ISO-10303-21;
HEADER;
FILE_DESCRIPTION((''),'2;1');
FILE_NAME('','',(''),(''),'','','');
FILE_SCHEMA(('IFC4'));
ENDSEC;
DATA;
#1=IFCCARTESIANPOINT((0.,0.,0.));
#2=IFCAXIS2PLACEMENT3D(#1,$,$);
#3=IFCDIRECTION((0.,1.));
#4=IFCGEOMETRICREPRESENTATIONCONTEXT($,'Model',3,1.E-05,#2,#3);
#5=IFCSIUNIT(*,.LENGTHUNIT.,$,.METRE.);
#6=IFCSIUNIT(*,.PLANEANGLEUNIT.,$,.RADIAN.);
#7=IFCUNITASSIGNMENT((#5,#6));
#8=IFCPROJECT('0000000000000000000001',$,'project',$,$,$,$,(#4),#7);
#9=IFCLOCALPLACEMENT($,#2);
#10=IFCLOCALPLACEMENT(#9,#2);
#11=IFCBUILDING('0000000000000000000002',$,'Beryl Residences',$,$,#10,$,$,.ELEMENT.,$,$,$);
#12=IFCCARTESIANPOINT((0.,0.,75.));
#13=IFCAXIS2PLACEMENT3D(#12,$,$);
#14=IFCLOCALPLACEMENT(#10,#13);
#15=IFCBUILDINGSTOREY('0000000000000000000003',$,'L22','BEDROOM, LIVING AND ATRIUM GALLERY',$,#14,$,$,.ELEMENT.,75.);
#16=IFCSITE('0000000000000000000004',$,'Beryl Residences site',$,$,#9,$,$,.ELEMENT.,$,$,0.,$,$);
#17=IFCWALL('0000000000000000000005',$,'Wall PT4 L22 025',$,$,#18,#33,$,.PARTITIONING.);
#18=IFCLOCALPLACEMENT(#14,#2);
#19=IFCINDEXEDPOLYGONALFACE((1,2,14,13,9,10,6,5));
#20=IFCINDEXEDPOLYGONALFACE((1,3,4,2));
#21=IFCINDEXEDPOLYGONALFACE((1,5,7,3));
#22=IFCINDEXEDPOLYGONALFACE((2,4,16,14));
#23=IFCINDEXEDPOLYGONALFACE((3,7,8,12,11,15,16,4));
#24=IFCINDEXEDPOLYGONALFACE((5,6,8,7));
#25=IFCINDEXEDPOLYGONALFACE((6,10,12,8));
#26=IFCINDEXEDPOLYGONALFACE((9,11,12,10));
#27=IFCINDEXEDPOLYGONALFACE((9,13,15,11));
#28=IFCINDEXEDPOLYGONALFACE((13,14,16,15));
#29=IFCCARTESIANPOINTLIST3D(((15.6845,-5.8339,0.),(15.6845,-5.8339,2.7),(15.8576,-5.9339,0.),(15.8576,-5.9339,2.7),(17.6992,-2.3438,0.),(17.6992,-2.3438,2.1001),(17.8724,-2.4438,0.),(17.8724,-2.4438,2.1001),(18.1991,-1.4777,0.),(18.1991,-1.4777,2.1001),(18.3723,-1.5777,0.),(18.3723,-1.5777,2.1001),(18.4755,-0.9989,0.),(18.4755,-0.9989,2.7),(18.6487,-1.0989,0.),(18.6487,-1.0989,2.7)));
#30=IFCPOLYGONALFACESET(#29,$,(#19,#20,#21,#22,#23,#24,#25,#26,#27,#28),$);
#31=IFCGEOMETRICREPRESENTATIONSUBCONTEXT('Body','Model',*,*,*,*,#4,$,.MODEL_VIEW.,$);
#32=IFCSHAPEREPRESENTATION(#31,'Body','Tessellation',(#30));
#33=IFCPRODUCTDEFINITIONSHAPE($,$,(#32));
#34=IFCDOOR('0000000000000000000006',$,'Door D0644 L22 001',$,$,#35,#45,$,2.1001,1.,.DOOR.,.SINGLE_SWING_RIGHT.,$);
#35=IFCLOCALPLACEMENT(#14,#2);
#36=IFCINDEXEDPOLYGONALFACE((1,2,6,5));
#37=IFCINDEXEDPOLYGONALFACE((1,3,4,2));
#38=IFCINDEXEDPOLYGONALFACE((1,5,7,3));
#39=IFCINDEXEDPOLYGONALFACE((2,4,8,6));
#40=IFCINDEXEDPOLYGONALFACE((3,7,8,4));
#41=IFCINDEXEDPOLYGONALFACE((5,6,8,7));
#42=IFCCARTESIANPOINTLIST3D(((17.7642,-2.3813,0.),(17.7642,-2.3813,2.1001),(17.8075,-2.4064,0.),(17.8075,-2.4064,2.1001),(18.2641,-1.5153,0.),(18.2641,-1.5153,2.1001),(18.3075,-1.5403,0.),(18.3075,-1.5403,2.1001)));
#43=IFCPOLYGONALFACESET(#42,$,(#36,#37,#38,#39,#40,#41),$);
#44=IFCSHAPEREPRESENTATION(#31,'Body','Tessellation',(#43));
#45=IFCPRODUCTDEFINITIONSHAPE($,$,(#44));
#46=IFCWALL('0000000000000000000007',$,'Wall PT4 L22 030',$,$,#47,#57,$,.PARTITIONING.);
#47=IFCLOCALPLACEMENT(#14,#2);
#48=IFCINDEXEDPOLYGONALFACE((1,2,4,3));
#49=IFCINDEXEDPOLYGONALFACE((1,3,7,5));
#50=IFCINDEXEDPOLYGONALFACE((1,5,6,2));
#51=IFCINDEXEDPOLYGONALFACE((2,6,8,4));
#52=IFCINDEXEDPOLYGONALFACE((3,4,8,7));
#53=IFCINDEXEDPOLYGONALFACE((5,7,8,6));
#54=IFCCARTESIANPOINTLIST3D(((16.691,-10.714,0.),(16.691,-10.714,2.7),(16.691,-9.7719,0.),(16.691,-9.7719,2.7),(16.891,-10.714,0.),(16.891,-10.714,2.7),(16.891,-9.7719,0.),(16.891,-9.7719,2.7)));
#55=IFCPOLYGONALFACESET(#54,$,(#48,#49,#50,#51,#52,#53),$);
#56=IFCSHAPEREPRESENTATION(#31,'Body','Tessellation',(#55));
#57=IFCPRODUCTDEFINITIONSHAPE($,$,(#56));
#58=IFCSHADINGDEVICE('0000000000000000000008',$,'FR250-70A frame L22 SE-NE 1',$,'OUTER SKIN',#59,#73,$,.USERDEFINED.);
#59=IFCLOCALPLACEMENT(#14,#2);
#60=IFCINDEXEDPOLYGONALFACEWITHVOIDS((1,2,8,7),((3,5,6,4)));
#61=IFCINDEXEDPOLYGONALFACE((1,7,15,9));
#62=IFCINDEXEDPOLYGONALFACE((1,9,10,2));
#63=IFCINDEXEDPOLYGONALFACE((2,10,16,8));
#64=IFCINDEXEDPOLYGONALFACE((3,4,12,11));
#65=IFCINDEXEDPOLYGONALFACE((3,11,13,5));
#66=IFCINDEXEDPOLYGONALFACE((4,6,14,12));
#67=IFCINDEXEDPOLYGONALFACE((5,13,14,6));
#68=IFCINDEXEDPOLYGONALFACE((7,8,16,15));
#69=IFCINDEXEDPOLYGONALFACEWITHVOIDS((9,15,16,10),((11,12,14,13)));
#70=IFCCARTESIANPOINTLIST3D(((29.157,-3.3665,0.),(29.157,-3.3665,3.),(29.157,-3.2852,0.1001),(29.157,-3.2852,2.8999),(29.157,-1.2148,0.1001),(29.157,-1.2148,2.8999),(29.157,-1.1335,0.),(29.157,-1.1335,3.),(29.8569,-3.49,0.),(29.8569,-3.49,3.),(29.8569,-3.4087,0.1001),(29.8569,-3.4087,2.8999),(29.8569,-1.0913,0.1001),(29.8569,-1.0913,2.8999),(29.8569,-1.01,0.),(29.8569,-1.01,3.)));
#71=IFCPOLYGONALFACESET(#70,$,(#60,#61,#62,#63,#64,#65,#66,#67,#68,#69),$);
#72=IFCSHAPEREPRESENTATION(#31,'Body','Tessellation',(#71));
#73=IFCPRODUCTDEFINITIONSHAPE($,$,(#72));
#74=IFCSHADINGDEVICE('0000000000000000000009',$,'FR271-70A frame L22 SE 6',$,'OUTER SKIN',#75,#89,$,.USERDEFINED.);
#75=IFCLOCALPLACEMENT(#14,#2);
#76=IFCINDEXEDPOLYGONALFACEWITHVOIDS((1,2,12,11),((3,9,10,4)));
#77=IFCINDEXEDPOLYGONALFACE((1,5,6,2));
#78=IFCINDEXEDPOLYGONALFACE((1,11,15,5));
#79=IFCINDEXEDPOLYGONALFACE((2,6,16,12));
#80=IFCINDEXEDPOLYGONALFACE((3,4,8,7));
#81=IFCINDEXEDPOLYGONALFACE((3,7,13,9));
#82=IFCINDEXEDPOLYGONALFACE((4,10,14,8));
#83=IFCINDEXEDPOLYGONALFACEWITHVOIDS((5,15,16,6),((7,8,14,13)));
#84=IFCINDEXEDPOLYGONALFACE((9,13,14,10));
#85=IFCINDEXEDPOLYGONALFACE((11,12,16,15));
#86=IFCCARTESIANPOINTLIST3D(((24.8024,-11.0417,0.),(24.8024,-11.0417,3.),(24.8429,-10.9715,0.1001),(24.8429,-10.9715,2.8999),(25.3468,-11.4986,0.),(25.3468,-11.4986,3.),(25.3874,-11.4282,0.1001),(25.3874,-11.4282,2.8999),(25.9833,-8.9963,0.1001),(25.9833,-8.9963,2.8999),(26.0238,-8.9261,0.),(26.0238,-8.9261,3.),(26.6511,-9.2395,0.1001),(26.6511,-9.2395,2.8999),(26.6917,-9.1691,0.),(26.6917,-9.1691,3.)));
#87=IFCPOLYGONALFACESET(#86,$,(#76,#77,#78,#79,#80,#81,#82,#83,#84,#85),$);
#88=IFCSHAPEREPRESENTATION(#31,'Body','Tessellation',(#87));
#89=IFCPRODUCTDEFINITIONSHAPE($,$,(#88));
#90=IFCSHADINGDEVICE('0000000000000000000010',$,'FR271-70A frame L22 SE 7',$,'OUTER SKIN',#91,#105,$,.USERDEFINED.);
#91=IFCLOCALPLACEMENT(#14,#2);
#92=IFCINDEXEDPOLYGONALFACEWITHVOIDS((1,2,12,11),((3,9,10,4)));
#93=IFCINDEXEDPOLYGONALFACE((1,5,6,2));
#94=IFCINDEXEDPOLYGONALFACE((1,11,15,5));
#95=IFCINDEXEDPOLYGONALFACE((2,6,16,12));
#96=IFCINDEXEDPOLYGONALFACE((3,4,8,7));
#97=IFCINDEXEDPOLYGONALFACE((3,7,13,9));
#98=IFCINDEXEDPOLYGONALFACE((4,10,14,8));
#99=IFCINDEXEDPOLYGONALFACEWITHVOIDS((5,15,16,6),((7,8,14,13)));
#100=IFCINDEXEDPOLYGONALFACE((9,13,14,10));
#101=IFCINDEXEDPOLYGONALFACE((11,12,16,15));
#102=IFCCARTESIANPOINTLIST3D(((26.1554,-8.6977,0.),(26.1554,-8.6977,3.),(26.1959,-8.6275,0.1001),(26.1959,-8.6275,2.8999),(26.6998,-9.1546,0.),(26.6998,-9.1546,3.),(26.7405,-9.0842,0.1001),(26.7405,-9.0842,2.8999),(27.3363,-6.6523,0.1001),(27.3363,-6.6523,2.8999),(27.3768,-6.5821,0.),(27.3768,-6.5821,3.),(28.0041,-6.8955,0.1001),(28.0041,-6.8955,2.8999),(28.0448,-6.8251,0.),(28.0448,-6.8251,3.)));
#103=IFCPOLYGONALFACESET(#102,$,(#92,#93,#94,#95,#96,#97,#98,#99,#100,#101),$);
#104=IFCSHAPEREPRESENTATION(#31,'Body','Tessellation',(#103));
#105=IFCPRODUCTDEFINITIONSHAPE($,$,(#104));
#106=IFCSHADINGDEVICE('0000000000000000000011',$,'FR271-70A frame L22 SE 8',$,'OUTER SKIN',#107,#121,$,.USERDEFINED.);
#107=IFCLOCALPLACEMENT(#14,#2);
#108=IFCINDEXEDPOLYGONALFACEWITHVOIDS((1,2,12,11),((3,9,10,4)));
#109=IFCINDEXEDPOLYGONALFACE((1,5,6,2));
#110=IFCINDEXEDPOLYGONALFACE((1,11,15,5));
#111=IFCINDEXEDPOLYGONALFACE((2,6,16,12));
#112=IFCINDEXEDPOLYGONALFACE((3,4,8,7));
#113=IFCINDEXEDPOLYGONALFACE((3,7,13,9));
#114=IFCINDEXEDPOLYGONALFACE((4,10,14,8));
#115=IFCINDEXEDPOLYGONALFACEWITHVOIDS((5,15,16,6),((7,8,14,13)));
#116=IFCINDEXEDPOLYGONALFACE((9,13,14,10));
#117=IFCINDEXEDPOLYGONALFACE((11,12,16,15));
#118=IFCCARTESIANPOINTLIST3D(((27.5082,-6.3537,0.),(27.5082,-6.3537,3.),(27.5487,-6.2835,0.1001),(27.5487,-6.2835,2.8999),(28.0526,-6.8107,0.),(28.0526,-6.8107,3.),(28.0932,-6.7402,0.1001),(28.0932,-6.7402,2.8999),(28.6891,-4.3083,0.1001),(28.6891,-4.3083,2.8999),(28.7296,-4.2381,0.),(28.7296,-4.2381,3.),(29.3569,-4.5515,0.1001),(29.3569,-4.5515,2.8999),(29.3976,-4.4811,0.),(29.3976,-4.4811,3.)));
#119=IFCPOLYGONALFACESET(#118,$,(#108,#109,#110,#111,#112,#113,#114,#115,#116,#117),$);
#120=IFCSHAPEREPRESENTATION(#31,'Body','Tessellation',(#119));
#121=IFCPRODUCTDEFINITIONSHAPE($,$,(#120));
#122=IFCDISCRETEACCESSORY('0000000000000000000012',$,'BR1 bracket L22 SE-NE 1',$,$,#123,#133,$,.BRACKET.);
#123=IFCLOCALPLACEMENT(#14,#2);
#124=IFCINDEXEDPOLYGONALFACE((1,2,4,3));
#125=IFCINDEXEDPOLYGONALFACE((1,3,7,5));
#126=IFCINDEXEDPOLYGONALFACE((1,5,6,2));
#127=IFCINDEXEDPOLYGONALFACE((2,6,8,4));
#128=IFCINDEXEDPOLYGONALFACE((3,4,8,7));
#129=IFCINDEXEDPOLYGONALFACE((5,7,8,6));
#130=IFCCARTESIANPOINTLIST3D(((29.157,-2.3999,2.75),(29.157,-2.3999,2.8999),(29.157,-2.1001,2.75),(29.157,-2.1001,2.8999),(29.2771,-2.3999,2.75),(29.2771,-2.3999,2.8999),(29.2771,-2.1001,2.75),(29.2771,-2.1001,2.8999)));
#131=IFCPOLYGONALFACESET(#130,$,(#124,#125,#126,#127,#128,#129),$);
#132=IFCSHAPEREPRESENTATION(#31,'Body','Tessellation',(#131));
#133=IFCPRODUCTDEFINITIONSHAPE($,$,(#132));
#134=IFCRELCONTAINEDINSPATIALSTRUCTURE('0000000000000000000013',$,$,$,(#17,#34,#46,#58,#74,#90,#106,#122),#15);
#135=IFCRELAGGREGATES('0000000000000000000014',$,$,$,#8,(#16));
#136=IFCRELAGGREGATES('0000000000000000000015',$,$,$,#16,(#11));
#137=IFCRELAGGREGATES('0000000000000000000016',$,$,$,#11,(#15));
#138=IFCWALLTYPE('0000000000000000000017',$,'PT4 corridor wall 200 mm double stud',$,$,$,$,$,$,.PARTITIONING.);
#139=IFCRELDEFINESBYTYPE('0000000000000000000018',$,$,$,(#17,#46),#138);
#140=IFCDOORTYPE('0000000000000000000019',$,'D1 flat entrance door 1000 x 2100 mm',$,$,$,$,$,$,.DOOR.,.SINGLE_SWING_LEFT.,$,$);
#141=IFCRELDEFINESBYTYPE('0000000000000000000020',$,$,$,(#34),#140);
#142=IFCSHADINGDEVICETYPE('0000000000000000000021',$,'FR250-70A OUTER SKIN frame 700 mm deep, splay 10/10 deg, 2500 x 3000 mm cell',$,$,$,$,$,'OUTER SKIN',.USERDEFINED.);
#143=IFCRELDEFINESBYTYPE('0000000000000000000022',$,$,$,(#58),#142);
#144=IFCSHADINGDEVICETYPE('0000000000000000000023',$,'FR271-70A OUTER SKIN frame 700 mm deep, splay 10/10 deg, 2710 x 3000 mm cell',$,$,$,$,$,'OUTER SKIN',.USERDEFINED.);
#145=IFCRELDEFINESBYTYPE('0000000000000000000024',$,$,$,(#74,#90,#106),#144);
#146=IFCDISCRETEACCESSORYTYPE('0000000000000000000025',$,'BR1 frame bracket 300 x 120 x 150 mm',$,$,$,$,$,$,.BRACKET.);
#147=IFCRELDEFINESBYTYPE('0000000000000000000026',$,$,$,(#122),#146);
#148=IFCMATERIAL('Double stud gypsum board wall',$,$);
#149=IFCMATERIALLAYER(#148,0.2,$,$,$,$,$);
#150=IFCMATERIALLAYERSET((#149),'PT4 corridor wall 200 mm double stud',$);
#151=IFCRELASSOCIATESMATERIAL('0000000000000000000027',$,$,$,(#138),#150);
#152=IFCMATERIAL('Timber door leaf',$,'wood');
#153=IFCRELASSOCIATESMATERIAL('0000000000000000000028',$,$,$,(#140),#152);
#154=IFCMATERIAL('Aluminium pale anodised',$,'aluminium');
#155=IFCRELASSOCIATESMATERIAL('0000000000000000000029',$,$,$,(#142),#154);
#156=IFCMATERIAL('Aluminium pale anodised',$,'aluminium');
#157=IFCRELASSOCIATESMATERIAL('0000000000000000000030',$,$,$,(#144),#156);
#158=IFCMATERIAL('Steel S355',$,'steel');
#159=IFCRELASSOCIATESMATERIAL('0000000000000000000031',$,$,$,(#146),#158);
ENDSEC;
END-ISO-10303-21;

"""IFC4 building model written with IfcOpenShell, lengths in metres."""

from ifc_helpers import new_model, entity, si_unit, direction, frame, frame_2d, origin, place, context, subcontext, project, spatial, polyline, rectangle, outline, extrude, source, transform, mapped, material, layer, layer_set, type_object, type_shapes, element, fill, save


model = new_model("IFC4")

# Units and contexts
model_context = context("Model", 3, precision=1e-05, world=origin(), true_north=direction((0.0, 1.0)))
body_context = subcontext(model_context, "Body", "Model", "MODEL_VIEW")
ifc_project = project(units=[si_unit("LENGTHUNIT", "METRE"), si_unit("PLANEANGLEUNIT", "RADIAN")], contexts=[model_context])

# Site, building, storey
site_placement = place(None, origin())
site = spatial("IfcSite", under=ifc_project, at=site_placement, Name="Beryl Residences site", CompositionType="ELEMENT", RefElevation=0.0)
building_placement = place(site_placement, origin())
building = spatial("IfcBuilding", under=site, at=building_placement, Name="Beryl Residences", CompositionType="ELEMENT")
storey_placement = place(building_placement, frame((0.0, 0.0, 75.0)))
storey = spatial("IfcBuildingStorey", under=building, at=storey_placement, Name="L22", Description="BEDROOM, LIVING AND ATRIUM GALLERY", CompositionType="ELEMENT", Elevation=75.0)

# Shared definitions
ifc_material_1 = material(Name="Double stud gypsum board wall")
ifc_layer_1 = layer(ifc_material_1, 0.2)
ifc_layer_set_1 = layer_set([ifc_layer_1], Name="PT4 corridor wall 200 mm double stud")
wall_type_1 = type_object("IfcWallType", Name="PT4 corridor wall 200 mm double stud", PredefinedType="PARTITIONING", material=ifc_layer_set_1)

# Wall, opening, door
wall_1_placement = place(storey_placement, frame((15.771, -5.884, 0.0), z_axis=(0.0, 0.0, 1.0), x_axis=(0.499939, 0.86606, 0.0)))
wall_1 = element("IfcWall", 1, at=wall_1_placement, inside=storey, type_object=wall_type_1, Name="Wall PT4 L22 025", PredefinedType="PARTITIONING", context=body_context, shape_type="SweptSolid", body=[
    extrude(rectangle(XDim=5.5828, YDim=0.2, at=frame_2d((2.7915, 0.0))), origin(), (0.0, 0.0, 1.0), 2.7),
])
opening_1_placement = place(wall_1_placement, frame((4.03, 0.0, 0.0)))
opening_1 = element("IfcOpeningElement", 2, at=opening_1_placement, cuts=wall_1, PredefinedType="OPENING", context=body_context, shape_type="SweptSolid", body=[
    extrude(rectangle(XDim=1.0, YDim=2.1001, at=frame_2d((0.5, 1.05))), frame((0.0, 0.1099, 0.0), z_axis=(0.0, -1.0, 0.0), x_axis=(1.0, 0.0, 0.0)), (0.0, 0.0, 1.0), 0.22),
])
ifc_material_2 = material(Name="Timber door leaf", Category="wood")
door_type_1 = type_object("IfcDoorType", Name="D1 flat entrance door 1000 x 2100 mm", OperationType="SINGLE_SWING_LEFT", PredefinedType="DOOR", material=ifc_material_2)
door_1_placement = place(opening_1_placement, origin())
door_1 = element("IfcDoor", 3, at=door_1_placement, inside=storey, type_object=door_type_1, Name="Door D0644 L22 001", OperationType="SINGLE_SWING_RIGHT", OverallHeight=2.1001, OverallWidth=1.0, PredefinedType="DOOR", context=body_context, shape_type="SweptSolid", body=[
    extrude(rectangle(XDim=1.0, YDim=2.1001, at=frame_2d((0.5, 1.05))), frame((0.0, 0.0249, 0.0), z_axis=(0.0, -1.0, 0.0), x_axis=(1.0, 0.0, 0.0)), (0.0, 0.0, 1.0), 0.05),
])
fill(opening_1, door_1)

# Wall
wall_2_placement = place(storey_placement, frame((16.791, -10.7141, 0.0), z_axis=(0.0, 0.0, 1.0), x_axis=(0.0, 1.0, 0.0)))
element("IfcWall", 4, at=wall_2_placement, inside=storey, type_object=wall_type_1, Name="Wall PT4 L22 030", PredefinedType="PARTITIONING", context=body_context, shape_type="SweptSolid", body=[
    extrude(rectangle(XDim=0.9421, YDim=0.2, at=frame_2d((0.4712, 0.0))), origin(), (0.0, 0.0, 1.0), 2.7),
])

# Shading devices
ifc_material_3 = material(Name="Aluminium pale anodised", Category="aluminium")
shading_device_type_1 = type_object("IfcShadingDeviceType", Name="FR250-70A OUTER SKIN frame 700 mm deep, splay 10/10 deg, 2500 x 3000 mm cell", ElementType="OUTER SKIN", PredefinedType="USERDEFINED", material=ifc_material_3)
cartesian_point_1 = entity("IfcCartesianPoint", [-1.1165, 0.0])
cartesian_point_2 = entity("IfcCartesianPoint", [-1.0352, 0.1001])
cartesian_point_3 = entity("IfcCartesianPoint", [-1.24, 0.0])
cartesian_point_4 = entity("IfcCartesianPoint", [-1.1587, 0.1001])
shared_shape_1 = source(origin(), body_context, "Body", "SweptSolid", [
    entity("IfcExtrudedAreaSolidTapered", entity("IfcArbitraryProfileDefWithVoids", "AREA", None, entity("IfcPolyline", [cartesian_point_1, entity("IfcCartesianPoint", [1.1165, 0.0]), entity("IfcCartesianPoint", [1.1165, 3.0]), entity("IfcCartesianPoint", [-1.1165, 3.0]), cartesian_point_1]), [entity("IfcPolyline", [cartesian_point_2, entity("IfcCartesianPoint", [1.0352, 0.1001]), entity("IfcCartesianPoint", [1.0352, 2.8999]), entity("IfcCartesianPoint", [-1.0352, 2.8999]), cartesian_point_2])]), entity("IfcAxis2Placement3D", entity("IfcCartesianPoint", [0.0, 0.0, 0.0]), entity("IfcDirection", [0.0, 1.0, 0.0]), entity("IfcDirection", [-1.0, 0.0, 0.0])), entity("IfcDirection", [0.0, 0.0, 1.0]), 0.7, entity("IfcArbitraryProfileDefWithVoids", "AREA", None, entity("IfcPolyline", [cartesian_point_3, entity("IfcCartesianPoint", [1.24, 0.0]), entity("IfcCartesianPoint", [1.24, 3.0]), entity("IfcCartesianPoint", [-1.24, 3.0]), cartesian_point_3]), [entity("IfcPolyline", [cartesian_point_4, entity("IfcCartesianPoint", [1.1587, 0.1001]), entity("IfcCartesianPoint", [1.1587, 2.8999]), entity("IfcCartesianPoint", [-1.1587, 2.8999]), cartesian_point_4])])),
])
type_shapes(shading_device_type_1, [shared_shape_1])
shading_device_placement = place(storey_placement, frame((29.157, -2.25, 0.0), z_axis=(0.0, 0.0, 1.0), x_axis=(0.0, -1.0, 0.0)))
element("IfcShadingDevice", 5, at=shading_device_placement, inside=storey, type_object=shading_device_type_1, Name="FR250-70A frame L22 SE-NE 1", ObjectType="OUTER SKIN", PredefinedType="USERDEFINED", context=body_context, shape_type="MappedRepresentation", body=[
    mapped(shared_shape_1, transform((0.0, 0.0, 0.0))),
])
ifc_material_4 = material(Name="Aluminium pale anodised", Category="aluminium")
shading_device_type_2 = type_object("IfcShadingDeviceType", Name="FR271-70A OUTER SKIN frame 700 mm deep, splay 10/10 deg, 2710 x 3000 mm cell", ElementType="OUTER SKIN", PredefinedType="USERDEFINED", material=ifc_material_4)
cartesian_point_5 = entity("IfcCartesianPoint", [-1.2214, 0.0])
cartesian_point_6 = entity("IfcCartesianPoint", [-1.1404, 0.1001])
cartesian_point_7 = entity("IfcCartesianPoint", [-1.345, 0.0])
cartesian_point_8 = entity("IfcCartesianPoint", [-1.2637, 0.1001])
shared_shape_2 = source(origin(), body_context, "Body", "SweptSolid", [
    entity("IfcExtrudedAreaSolidTapered", entity("IfcArbitraryProfileDefWithVoids", "AREA", None, entity("IfcPolyline", [cartesian_point_5, entity("IfcCartesianPoint", [1.2214, 0.0]), entity("IfcCartesianPoint", [1.2214, 3.0]), entity("IfcCartesianPoint", [-1.2214, 3.0]), cartesian_point_5]), [entity("IfcPolyline", [cartesian_point_6, entity("IfcCartesianPoint", [1.1404, 0.1001]), entity("IfcCartesianPoint", [1.1404, 2.8999]), entity("IfcCartesianPoint", [-1.1404, 2.8999]), cartesian_point_6])]), entity("IfcAxis2Placement3D", entity("IfcCartesianPoint", [0.0, 0.0, 0.0]), entity("IfcDirection", [0.0, 1.0, 0.0]), entity("IfcDirection", [-1.0, 0.0, 0.0])), entity("IfcDirection", [0.0, 0.0, 1.0]), 0.7, entity("IfcArbitraryProfileDefWithVoids", "AREA", None, entity("IfcPolyline", [cartesian_point_7, entity("IfcCartesianPoint", [1.345, 0.0]), entity("IfcCartesianPoint", [1.345, 3.0]), entity("IfcCartesianPoint", [-1.345, 3.0]), cartesian_point_7]), [entity("IfcPolyline", [cartesian_point_8, entity("IfcCartesianPoint", [1.2637, 0.1001]), entity("IfcCartesianPoint", [1.2637, 2.8999]), entity("IfcCartesianPoint", [-1.2637, 2.8999]), cartesian_point_8])])),
])
type_shapes(shading_device_type_2, [shared_shape_2])
for number, where, z_axis, x_axis, name in (
    (6, (25.4131, -9.9839, 0.0), (0.0, 0.0, 1.0), (-0.5, -0.866025, 0.0), "FR271-70A frame L22 SE 6"),
    (7, (26.7661, -7.6399, 0.0), (0.0, 0.0, 1.0), (-0.5, -0.866025, 0.0), "FR271-70A frame L22 SE 7"),
    (8, (28.1189, -5.2959, 0.0), (0.0, 0.0, 1.0), (-0.5, -0.866025, 0.0), "FR271-70A frame L22 SE 8"),
):
    element("IfcShadingDevice", number, at=place(storey_placement, frame(where, z_axis=z_axis, x_axis=x_axis)), inside=storey, type_object=shading_device_type_2, Name=name, ObjectType="OUTER SKIN", PredefinedType="USERDEFINED", context=body_context, shape_type="MappedRepresentation", body=[
        mapped(shared_shape_2, transform((0.0, 0.0, 0.0))),
    ])

# Discrete accessory
ifc_material_5 = material(Name="Steel S355", Category="steel")
discrete_accessory_type = type_object("IfcDiscreteAccessoryType", Name="BR1 frame bracket 300 x 120 x 150 mm", PredefinedType="BRACKET", material=ifc_material_5)
shared_shape_3 = source(origin(), body_context, "Body", "SweptSolid", [
    extrude(outline(polyline([(-0.1499, 0.0), (0.1499, 0.0), (0.1499, 0.1201), (-0.1499, 0.1201), (-0.1499, 0.0)])), origin(), (0.0, 0.0, 1.0), 0.1499),
])
type_shapes(discrete_accessory_type, [shared_shape_3])
discrete_accessory_placement = place(storey_placement, frame((29.157, -2.25, 2.75), z_axis=(0.0, 0.0, 1.0), x_axis=(0.0, -1.0, 0.0)))
element("IfcDiscreteAccessory", 9, at=discrete_accessory_placement, inside=storey, type_object=discrete_accessory_type, Name="BR1 bracket L22 SE-NE 1", PredefinedType="BRACKET", context=body_context, shape_type="MappedRepresentation", body=[
    mapped(shared_shape_3, transform((0.0, 0.0, 0.0))),
])

save(model, "model.ifc")
